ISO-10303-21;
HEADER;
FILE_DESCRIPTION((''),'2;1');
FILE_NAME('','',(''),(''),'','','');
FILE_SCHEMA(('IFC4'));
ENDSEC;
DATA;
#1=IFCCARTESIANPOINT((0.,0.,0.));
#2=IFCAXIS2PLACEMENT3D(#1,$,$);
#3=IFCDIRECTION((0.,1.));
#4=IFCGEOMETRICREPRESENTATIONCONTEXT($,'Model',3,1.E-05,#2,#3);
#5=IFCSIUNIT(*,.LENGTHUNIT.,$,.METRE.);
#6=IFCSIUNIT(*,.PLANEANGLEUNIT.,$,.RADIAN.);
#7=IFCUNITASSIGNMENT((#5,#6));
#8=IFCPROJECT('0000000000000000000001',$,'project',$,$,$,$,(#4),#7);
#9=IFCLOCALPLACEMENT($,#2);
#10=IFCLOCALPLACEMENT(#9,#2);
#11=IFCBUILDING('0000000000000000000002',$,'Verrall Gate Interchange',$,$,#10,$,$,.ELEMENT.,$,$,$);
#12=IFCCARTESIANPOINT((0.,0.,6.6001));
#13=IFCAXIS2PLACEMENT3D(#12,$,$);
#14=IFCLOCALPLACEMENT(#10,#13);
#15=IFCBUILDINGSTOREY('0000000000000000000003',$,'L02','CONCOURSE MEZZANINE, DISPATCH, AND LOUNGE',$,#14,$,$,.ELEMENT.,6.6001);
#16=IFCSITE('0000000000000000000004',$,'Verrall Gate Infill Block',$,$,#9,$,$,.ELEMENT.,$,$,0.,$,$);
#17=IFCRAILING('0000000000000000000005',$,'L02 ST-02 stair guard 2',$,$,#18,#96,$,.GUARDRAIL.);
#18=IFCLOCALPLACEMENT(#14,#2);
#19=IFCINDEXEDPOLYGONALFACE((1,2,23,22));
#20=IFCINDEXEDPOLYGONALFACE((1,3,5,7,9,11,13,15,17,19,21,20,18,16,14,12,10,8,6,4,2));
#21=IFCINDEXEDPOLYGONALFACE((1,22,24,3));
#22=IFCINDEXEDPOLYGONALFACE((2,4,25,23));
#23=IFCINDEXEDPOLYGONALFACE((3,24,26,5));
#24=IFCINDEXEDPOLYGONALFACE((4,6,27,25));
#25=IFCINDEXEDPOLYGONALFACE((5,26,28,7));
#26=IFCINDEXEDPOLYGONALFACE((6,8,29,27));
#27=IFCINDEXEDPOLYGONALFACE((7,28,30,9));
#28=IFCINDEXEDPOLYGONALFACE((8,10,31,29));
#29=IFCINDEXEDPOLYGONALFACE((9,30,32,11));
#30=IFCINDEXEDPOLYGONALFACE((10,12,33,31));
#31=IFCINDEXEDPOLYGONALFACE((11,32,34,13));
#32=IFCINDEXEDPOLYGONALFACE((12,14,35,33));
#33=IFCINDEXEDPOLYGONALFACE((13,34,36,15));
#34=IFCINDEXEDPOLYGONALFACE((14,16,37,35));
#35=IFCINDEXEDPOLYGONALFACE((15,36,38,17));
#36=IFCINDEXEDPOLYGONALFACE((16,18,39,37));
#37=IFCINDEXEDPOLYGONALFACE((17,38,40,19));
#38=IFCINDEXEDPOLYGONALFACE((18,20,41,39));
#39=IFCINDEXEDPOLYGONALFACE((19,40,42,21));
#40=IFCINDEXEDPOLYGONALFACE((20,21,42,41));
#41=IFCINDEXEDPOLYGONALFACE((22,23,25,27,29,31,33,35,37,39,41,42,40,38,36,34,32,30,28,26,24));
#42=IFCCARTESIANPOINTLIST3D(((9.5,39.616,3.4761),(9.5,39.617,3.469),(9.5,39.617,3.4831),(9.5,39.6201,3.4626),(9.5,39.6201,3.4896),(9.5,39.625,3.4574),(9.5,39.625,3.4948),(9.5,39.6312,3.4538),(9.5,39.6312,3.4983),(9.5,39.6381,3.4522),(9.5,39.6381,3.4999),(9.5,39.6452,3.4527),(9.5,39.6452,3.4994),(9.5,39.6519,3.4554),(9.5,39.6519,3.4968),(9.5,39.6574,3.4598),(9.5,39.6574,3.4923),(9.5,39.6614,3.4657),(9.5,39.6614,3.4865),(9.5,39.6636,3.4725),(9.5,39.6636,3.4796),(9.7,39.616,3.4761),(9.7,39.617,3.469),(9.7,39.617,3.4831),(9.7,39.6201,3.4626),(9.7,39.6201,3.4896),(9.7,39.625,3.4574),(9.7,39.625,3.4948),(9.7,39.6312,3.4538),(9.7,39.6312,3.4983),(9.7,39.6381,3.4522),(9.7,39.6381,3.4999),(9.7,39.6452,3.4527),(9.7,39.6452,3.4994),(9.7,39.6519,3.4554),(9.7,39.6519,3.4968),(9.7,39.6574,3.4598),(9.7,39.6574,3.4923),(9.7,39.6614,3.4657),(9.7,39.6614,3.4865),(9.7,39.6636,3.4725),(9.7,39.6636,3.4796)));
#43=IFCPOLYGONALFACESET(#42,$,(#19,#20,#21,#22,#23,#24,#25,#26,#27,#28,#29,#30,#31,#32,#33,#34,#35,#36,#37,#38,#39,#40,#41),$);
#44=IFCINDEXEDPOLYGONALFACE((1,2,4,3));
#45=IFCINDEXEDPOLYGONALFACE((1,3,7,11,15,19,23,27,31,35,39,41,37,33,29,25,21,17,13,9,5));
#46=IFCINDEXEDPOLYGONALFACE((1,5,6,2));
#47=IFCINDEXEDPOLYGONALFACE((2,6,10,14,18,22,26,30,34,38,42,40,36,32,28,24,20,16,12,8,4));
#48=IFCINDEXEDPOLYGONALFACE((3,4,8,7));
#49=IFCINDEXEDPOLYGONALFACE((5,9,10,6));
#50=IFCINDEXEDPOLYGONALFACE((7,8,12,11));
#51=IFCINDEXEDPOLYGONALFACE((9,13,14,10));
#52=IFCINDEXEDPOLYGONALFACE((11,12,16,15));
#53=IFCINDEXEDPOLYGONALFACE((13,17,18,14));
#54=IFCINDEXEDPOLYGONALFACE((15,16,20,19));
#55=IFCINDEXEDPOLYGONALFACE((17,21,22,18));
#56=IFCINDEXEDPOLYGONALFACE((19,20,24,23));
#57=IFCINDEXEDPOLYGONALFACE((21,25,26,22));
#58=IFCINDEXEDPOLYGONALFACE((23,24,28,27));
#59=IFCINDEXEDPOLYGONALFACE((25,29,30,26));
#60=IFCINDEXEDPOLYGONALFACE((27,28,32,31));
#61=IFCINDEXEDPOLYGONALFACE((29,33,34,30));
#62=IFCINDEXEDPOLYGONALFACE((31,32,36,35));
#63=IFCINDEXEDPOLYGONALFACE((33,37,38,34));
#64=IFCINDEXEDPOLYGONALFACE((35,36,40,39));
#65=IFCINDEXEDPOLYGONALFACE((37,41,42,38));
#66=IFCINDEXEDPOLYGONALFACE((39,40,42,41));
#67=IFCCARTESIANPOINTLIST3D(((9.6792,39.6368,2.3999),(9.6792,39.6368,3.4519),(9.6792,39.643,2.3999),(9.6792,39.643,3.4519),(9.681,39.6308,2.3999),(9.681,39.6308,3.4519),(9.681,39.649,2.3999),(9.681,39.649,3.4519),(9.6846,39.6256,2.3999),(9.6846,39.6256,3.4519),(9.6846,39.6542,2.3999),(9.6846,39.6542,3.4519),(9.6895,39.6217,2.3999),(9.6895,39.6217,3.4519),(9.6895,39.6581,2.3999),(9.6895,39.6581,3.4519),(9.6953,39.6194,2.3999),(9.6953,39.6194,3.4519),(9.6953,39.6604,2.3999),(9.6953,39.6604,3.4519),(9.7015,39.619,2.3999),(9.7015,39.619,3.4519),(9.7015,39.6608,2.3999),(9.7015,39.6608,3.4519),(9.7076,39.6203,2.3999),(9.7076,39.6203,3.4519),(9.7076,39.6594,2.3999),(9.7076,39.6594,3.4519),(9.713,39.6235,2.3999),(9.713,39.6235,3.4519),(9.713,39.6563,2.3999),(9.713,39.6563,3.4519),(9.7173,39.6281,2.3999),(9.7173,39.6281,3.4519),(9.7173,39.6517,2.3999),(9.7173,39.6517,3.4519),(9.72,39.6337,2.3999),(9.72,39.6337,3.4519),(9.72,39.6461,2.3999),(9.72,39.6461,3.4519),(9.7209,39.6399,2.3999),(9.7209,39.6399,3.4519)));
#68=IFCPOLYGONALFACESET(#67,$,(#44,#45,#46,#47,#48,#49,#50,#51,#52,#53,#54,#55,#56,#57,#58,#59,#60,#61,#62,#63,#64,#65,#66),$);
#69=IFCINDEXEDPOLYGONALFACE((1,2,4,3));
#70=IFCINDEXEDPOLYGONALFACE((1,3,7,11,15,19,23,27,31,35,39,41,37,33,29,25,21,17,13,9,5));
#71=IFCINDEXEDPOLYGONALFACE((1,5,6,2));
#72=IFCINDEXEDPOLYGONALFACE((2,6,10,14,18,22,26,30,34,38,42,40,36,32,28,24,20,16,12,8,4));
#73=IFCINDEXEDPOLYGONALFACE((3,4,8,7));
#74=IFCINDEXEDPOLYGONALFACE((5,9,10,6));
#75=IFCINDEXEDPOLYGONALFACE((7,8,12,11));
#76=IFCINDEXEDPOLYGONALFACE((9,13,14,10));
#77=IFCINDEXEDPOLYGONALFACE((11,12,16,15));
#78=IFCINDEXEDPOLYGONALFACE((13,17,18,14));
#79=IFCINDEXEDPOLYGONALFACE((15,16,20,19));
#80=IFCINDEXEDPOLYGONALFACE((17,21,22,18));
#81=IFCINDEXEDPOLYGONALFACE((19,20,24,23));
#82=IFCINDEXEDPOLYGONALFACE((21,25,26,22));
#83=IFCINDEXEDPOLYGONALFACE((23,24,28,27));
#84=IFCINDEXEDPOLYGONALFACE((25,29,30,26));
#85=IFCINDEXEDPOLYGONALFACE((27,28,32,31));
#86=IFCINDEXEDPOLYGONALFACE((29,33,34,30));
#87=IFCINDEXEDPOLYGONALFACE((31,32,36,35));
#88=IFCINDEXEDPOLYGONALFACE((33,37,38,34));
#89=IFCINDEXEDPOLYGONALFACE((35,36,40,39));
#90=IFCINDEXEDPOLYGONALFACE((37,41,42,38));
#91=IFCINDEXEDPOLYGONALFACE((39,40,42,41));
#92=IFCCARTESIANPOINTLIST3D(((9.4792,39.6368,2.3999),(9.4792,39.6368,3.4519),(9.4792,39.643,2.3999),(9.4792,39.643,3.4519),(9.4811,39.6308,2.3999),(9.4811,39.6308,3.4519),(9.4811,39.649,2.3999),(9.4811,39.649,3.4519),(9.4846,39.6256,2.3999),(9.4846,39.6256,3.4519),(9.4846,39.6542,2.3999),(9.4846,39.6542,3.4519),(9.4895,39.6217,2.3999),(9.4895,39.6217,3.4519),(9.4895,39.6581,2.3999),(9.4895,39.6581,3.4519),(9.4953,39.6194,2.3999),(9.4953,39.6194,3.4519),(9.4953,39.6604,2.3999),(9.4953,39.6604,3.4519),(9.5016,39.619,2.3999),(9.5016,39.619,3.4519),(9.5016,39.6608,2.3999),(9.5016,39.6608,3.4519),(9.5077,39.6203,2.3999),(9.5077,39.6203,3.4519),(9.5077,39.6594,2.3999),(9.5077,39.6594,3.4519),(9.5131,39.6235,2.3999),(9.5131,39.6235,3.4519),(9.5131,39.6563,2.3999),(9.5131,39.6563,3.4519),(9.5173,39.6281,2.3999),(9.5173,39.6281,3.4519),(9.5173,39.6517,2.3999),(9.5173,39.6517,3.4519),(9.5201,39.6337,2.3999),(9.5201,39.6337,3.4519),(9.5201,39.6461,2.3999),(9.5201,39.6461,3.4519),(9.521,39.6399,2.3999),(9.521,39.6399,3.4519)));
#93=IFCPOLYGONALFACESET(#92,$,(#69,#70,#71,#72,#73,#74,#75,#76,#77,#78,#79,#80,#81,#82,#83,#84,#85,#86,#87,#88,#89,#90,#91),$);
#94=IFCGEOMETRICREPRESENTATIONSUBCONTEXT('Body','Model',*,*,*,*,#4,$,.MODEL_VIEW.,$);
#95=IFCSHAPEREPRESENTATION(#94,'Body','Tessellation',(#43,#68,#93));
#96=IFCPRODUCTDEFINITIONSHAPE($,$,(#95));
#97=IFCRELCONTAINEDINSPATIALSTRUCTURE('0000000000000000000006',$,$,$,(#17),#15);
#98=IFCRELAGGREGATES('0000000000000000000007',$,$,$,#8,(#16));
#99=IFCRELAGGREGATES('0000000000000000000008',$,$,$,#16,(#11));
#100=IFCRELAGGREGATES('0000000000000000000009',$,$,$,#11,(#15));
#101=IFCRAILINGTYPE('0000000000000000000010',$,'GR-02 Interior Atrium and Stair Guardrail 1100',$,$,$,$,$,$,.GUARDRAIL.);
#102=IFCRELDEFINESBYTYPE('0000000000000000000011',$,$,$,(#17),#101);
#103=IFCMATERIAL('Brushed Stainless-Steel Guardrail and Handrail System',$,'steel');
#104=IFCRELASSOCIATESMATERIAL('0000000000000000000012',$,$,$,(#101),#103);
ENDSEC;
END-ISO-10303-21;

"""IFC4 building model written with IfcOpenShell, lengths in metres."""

from ifc_helpers import new_model, si_unit, direction, frame, origin, origin_2d, place, context, subcontext, project, spatial, circle, extrude, material, type_object, element, save


model = new_model("IFC4")

# Units and contexts
model_context = context("Model", 3, precision=1e-05, world=origin(), true_north=direction((0.0, 1.0)))
body_context = subcontext(model_context, "Body", "Model", "MODEL_VIEW")
ifc_project = project(units=[si_unit("LENGTHUNIT", "METRE"), si_unit("PLANEANGLEUNIT", "RADIAN")], contexts=[model_context])

# Site, building, storey
site_placement = place(None, origin())
site = spatial("IfcSite", under=ifc_project, at=site_placement, Name="Verrall Gate Infill Block", CompositionType="ELEMENT", RefElevation=0.0)
building_placement = place(site_placement, origin())
building = spatial("IfcBuilding", under=site, at=building_placement, Name="Verrall Gate Interchange", CompositionType="ELEMENT")
storey_placement = place(building_placement, frame((0.0, 0.0, 6.6001)))
storey = spatial("IfcBuildingStorey", under=building, at=storey_placement, Name="L02", Description="CONCOURSE MEZZANINE, DISPATCH, AND LOUNGE", CompositionType="ELEMENT", Elevation=6.6001)

# Railing
ifc_material_1 = material(Name="Brushed Stainless-Steel Guardrail and Handrail System", Category="steel")
railing_type_1 = type_object("IfcRailingType", Name="GR-02 Interior Atrium and Stair Guardrail 1100", PredefinedType="GUARDRAIL", material=ifc_material_1)
railing_1_placement = place(storey_placement, frame((9.7, 39.6399, 2.3999)))
element("IfcRailing", 1, at=railing_1_placement, inside=storey, type_object=railing_type_1, Name="L02 ST-02 stair guard 2", PredefinedType="GUARDRAIL", context=body_context, shape_type="SweptSolid", body=[
    extrude(circle(Radius=0.0239, at=origin_2d()), frame((0.0, 0.0, 1.0762), z_axis=(-1.0, 0.0, 0.0), x_axis=(0.0, -1.0, 0.0)), (0.0, 0.0, 1.0), 0.2),
    extrude(circle(Radius=0.021, at=origin_2d()), origin(), (0.0, 0.0, 1.0), 1.052),
    extrude(circle(Radius=0.021, at=origin_2d()), frame((-0.2, 0.0, 0.0)), (0.0, 0.0, 1.0), 1.052),
])

save(model, "model.ifc")
